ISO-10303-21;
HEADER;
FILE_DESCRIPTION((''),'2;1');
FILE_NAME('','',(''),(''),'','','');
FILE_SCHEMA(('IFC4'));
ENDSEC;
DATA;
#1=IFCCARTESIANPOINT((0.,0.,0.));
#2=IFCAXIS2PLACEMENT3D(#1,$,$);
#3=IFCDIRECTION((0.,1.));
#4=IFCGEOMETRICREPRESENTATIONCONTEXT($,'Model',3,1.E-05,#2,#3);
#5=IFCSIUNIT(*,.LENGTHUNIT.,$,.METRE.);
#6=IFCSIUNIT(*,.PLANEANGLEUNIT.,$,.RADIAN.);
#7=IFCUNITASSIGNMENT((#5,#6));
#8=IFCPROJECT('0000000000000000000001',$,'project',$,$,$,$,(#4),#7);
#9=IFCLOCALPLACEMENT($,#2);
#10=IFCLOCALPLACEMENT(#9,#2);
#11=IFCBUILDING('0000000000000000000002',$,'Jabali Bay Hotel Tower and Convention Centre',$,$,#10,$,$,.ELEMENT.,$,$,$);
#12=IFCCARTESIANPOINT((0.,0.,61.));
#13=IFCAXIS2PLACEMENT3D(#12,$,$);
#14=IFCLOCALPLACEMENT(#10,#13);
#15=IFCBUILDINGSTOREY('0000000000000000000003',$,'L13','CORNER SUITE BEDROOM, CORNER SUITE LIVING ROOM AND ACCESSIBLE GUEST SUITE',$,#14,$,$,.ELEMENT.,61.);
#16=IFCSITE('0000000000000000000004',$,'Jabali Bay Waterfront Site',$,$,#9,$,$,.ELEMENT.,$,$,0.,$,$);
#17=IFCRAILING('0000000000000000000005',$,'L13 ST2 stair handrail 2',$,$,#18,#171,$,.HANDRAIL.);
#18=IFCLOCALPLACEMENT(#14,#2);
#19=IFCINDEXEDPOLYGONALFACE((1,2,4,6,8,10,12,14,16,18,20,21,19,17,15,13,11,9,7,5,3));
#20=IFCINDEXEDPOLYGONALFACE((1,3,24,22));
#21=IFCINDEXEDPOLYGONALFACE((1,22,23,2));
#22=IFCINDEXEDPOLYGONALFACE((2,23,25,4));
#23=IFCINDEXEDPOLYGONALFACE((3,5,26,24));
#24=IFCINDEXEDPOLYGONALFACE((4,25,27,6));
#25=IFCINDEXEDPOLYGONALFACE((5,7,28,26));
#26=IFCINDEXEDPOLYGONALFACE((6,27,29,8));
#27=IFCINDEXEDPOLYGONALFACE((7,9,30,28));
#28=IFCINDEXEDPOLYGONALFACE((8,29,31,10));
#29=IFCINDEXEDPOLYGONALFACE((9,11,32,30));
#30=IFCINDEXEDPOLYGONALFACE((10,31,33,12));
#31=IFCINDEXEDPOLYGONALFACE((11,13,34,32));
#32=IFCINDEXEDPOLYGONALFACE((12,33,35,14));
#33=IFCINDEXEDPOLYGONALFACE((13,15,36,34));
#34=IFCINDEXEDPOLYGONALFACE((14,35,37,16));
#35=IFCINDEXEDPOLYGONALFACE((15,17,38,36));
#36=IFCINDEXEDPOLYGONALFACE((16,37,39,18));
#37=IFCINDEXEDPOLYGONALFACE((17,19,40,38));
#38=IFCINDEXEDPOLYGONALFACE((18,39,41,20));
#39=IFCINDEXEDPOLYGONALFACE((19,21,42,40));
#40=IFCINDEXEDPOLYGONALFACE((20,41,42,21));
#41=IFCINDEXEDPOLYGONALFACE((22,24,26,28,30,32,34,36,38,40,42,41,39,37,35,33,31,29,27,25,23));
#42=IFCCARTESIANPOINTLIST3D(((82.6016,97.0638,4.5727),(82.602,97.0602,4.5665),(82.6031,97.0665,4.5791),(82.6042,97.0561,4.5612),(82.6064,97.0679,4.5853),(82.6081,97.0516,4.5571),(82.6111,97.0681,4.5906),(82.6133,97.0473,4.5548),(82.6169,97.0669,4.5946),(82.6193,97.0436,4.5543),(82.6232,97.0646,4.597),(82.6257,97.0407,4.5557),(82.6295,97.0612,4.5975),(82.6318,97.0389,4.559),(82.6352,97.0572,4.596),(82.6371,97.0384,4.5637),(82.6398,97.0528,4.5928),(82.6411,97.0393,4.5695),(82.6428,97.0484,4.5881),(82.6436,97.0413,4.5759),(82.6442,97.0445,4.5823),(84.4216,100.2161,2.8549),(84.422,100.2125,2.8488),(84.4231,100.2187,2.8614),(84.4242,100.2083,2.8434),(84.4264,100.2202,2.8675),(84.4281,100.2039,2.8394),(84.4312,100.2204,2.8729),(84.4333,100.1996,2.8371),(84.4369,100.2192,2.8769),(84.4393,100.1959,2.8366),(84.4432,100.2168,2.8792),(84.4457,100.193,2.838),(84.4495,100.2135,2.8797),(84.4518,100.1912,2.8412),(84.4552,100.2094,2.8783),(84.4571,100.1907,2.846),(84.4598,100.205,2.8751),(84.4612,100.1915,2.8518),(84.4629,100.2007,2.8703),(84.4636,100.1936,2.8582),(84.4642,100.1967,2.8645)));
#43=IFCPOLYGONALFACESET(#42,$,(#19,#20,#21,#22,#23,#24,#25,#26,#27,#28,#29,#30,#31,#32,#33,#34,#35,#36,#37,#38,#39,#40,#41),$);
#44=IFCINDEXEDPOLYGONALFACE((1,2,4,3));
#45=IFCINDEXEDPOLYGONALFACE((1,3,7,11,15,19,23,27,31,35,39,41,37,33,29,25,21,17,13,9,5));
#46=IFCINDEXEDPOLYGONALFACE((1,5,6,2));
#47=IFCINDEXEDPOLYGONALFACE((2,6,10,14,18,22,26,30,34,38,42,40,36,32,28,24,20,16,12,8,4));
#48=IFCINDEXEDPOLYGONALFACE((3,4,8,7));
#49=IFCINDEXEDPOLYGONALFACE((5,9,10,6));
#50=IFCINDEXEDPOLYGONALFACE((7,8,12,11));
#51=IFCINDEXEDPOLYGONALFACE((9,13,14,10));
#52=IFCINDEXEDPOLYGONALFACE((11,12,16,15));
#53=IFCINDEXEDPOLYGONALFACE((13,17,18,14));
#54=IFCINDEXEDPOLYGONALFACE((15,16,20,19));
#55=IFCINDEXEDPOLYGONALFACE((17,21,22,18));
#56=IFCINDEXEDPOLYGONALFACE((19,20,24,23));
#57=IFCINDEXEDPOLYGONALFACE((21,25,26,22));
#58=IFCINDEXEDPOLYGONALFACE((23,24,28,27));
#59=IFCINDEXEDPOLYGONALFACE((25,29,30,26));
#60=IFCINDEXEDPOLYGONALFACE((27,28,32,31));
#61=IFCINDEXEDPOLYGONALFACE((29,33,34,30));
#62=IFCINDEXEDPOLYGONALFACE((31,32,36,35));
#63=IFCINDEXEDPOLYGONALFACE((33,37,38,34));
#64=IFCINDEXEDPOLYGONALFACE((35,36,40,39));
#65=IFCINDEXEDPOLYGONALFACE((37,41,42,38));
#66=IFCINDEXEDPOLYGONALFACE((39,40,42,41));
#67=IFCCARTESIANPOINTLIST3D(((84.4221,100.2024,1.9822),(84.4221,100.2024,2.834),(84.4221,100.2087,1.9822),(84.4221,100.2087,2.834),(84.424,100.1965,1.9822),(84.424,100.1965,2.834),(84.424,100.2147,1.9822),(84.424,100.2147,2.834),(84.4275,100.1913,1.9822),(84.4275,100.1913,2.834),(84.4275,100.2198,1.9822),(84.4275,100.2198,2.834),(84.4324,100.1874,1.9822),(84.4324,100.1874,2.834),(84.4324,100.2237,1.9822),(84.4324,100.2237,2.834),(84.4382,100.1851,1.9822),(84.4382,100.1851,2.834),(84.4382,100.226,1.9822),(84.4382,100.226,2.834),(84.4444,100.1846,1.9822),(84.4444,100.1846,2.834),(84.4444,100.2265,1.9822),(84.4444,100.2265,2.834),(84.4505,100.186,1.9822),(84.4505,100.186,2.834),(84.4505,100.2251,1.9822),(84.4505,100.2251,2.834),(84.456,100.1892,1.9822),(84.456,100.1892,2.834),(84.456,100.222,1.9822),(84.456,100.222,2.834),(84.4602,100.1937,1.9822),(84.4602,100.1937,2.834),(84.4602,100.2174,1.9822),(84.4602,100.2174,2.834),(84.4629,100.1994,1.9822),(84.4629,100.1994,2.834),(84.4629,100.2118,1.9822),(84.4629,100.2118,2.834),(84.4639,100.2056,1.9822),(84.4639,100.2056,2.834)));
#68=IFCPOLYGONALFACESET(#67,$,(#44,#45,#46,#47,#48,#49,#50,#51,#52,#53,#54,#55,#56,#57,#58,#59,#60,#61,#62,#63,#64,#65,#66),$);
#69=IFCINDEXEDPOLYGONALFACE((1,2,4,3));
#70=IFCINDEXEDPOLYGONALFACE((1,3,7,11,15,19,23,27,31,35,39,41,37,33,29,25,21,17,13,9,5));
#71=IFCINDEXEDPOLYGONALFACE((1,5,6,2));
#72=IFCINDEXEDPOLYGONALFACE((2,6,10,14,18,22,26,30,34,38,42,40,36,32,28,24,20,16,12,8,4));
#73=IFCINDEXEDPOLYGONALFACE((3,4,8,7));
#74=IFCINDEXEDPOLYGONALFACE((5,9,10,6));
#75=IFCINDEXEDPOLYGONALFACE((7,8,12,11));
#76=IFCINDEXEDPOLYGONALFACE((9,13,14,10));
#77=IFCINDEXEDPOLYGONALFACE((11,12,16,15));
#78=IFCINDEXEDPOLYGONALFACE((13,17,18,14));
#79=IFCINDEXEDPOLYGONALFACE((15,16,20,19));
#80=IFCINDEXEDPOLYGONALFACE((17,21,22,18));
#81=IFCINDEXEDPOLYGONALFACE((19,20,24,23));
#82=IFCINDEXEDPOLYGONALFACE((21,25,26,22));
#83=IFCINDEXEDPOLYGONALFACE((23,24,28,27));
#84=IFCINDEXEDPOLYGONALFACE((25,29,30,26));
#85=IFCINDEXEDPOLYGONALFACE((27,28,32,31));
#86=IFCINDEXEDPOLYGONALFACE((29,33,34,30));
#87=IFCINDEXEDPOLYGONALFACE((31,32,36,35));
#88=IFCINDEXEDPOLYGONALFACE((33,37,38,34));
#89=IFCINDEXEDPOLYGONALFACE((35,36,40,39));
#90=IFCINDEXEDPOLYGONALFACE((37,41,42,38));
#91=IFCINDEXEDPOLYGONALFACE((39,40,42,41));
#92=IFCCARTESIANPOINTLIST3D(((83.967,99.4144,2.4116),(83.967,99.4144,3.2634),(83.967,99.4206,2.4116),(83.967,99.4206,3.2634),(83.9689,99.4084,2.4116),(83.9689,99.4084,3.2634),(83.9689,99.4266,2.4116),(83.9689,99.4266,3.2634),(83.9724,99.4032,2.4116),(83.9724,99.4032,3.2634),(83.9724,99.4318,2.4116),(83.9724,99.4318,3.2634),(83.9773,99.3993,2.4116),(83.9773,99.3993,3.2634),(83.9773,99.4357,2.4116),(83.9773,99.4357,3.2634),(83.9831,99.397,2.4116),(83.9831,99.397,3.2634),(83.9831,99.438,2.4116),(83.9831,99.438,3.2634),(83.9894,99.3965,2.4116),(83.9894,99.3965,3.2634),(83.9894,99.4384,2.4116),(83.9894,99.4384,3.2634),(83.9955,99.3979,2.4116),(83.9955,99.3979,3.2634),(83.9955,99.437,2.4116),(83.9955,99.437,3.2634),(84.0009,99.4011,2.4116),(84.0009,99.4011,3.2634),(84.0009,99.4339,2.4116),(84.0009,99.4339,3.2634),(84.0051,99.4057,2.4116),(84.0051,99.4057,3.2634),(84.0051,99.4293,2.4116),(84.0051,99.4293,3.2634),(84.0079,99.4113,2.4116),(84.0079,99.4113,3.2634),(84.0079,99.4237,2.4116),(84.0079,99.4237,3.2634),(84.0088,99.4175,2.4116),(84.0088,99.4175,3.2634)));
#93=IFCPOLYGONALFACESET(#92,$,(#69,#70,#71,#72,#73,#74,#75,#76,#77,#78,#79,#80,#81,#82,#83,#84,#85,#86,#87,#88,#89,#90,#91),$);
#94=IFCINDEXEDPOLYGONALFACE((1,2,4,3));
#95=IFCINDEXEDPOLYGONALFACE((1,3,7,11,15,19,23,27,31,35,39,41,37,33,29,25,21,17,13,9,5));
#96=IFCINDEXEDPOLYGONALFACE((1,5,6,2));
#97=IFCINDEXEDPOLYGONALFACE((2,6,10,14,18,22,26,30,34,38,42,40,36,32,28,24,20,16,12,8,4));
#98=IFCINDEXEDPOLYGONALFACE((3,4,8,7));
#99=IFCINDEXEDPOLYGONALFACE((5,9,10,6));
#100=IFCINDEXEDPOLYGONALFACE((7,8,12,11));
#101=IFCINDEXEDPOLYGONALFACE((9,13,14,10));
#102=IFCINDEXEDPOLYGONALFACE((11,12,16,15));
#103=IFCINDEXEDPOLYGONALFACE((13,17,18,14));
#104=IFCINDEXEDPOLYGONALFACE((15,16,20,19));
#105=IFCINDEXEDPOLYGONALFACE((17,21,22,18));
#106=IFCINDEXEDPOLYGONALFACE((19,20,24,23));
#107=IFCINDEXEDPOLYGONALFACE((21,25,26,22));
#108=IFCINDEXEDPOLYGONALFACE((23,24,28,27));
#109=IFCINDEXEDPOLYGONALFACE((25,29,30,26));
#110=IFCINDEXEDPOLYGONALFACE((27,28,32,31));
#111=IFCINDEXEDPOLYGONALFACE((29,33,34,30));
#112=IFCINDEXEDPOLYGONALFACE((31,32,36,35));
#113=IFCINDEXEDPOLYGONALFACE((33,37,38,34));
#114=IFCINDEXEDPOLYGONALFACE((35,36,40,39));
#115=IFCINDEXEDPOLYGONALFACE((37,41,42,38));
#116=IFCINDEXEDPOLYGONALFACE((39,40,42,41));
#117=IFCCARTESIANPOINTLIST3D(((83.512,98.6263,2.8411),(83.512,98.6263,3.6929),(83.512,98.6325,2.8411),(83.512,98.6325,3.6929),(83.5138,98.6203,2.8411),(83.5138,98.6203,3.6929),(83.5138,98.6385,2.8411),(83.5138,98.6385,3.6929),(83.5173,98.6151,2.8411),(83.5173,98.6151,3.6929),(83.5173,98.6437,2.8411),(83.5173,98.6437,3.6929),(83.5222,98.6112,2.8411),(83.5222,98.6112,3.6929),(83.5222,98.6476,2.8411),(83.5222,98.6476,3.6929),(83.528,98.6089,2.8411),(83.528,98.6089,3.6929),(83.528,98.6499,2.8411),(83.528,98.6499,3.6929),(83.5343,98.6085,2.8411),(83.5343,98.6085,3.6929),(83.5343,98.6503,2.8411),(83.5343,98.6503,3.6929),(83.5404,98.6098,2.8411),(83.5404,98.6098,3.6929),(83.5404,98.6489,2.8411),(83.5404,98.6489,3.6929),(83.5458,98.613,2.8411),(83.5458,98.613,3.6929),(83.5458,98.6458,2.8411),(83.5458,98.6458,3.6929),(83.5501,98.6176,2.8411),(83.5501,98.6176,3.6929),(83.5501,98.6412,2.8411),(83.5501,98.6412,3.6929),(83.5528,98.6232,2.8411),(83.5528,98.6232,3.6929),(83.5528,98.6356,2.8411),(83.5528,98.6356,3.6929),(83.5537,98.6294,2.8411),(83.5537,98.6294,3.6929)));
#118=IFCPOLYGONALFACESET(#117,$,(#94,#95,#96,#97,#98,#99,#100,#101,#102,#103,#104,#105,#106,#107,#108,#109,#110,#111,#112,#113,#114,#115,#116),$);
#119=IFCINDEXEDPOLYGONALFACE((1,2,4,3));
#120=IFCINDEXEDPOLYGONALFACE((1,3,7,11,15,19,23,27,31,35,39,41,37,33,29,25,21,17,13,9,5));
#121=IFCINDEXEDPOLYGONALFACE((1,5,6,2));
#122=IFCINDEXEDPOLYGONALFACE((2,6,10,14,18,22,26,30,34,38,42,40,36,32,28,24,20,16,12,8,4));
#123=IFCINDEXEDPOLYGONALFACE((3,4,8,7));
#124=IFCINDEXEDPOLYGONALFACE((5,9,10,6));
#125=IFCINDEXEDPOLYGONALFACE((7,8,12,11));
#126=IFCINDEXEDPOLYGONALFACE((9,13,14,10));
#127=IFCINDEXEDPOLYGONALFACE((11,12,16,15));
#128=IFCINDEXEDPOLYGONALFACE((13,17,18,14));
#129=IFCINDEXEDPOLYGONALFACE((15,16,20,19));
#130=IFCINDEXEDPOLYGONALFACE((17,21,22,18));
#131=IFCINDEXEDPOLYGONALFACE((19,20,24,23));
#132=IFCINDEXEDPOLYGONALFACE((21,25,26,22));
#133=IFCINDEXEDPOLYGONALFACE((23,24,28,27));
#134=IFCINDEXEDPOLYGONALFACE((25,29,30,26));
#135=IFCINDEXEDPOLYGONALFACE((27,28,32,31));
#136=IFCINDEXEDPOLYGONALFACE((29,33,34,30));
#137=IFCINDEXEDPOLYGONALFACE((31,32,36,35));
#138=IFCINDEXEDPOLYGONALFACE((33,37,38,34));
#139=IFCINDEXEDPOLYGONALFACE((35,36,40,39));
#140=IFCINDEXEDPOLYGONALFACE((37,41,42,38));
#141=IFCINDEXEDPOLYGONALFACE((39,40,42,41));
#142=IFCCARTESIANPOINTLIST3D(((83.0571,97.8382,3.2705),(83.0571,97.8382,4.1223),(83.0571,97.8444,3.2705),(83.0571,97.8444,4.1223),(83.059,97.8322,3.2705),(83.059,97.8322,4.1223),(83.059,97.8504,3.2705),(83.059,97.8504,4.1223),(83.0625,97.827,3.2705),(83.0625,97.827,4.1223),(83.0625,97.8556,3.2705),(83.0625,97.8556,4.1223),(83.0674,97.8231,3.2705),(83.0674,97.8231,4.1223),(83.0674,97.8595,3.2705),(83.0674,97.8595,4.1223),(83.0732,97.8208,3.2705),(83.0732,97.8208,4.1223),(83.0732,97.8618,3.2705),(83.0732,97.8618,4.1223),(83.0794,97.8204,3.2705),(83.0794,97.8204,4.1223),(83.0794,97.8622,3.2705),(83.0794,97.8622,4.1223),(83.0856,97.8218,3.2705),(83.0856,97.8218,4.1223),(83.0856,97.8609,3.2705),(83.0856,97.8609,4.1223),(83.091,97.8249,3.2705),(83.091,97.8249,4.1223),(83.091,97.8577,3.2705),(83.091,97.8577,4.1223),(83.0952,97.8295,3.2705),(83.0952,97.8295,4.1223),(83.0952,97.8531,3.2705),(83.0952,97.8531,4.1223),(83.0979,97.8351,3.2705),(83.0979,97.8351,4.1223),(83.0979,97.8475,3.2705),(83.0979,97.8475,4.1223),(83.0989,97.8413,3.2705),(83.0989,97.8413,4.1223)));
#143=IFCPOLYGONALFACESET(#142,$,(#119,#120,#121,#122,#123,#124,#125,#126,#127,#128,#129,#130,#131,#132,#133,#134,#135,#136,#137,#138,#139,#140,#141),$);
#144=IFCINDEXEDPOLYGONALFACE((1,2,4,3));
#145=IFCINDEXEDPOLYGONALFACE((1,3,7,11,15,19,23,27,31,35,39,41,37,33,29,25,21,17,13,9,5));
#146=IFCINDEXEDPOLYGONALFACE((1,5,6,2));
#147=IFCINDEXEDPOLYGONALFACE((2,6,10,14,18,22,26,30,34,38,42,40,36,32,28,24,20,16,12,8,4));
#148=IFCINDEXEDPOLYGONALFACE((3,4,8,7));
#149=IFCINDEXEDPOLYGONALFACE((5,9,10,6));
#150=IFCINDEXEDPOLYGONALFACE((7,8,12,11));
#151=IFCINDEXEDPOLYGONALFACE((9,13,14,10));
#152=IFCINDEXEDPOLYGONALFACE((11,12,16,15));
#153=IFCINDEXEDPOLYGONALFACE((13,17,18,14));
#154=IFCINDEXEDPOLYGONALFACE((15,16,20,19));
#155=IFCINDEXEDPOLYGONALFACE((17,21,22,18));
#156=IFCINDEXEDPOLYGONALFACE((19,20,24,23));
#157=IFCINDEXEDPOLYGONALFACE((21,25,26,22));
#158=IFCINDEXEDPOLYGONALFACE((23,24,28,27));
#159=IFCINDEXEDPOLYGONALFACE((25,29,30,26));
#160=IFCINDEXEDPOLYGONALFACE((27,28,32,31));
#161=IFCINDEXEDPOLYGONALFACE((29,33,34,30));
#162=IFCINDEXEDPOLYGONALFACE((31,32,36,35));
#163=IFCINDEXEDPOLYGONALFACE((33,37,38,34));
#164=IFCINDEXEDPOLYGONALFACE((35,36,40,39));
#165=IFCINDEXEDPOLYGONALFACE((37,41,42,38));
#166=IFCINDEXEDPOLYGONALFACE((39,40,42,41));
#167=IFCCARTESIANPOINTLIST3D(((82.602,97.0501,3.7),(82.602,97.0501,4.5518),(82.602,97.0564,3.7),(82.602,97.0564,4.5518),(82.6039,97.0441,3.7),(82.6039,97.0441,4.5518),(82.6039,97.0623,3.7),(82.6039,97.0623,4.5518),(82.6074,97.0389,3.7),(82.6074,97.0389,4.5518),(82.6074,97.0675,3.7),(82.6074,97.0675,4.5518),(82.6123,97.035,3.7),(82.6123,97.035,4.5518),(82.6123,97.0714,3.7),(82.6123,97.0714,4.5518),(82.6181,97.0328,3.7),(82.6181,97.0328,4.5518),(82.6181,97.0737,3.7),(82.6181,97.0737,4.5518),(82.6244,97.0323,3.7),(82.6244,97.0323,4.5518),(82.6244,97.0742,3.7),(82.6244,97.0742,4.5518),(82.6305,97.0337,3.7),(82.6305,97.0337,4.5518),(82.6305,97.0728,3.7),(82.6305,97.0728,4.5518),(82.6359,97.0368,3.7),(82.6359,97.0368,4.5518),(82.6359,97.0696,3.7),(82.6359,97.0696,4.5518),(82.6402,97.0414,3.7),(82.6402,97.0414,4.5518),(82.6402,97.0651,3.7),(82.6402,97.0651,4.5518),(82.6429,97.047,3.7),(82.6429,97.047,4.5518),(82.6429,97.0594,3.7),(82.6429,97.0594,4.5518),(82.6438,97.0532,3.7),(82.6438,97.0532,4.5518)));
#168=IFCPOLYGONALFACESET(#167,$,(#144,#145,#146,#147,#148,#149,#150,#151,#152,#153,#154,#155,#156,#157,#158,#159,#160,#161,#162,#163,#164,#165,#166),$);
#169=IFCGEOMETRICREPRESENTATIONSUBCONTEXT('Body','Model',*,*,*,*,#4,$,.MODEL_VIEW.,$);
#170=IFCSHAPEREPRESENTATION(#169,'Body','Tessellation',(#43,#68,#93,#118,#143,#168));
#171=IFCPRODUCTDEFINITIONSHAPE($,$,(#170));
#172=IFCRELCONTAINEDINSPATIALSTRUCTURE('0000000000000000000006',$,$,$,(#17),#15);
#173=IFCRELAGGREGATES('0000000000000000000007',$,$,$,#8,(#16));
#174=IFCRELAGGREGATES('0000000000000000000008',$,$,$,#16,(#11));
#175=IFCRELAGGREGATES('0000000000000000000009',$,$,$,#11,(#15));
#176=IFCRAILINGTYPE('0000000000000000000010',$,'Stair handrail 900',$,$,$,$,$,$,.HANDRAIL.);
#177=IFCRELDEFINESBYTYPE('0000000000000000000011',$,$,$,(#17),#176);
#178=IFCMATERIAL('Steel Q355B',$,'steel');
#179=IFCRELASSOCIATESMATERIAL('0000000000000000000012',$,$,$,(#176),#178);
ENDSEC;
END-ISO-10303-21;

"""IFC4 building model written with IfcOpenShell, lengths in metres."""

from ifc_helpers import new_model, si_unit, direction, frame, origin, origin_2d, place, context, subcontext, project, spatial, circle, extrude, material, type_object, element, save


model = new_model("IFC4")

# Units and contexts
model_context = context("Model", 3, precision=1e-05, world=origin(), true_north=direction((0.0, 1.0)))
body_context = subcontext(model_context, "Body", "Model", "MODEL_VIEW")
ifc_project = project(units=[si_unit("LENGTHUNIT", "METRE"), si_unit("PLANEANGLEUNIT", "RADIAN")], contexts=[model_context])

# Site, building, storey
site_placement = place(None, origin())
site = spatial("IfcSite", under=ifc_project, at=site_placement, Name="Jabali Bay Waterfront Site", CompositionType="ELEMENT", RefElevation=0.0)
building_placement = place(site_placement, origin())
building = spatial("IfcBuilding", under=site, at=building_placement, Name="Jabali Bay Hotel Tower and Convention Centre", CompositionType="ELEMENT")
storey_placement = place(building_placement, frame((0.0, 0.0, 61.0)))
storey = spatial("IfcBuildingStorey", under=building, at=storey_placement, Name="L13", Description="CORNER SUITE BEDROOM, CORNER SUITE LIVING ROOM AND ACCESSIBLE GUEST SUITE", CompositionType="ELEMENT", Elevation=61.0)

# Railing
ifc_material_1 = material(Name="Steel Q355B", Category="steel")
railing_type_1 = type_object("IfcRailingType", Name="Stair handrail 900", PredefinedType="HANDRAIL", material=ifc_material_1)
railing_1_placement = place(storey_placement, frame((84.4429, 100.2056, 1.9822)))
element("IfcRailing", 1, at=railing_1_placement, inside=storey, type_object=railing_type_1, Name="L13 ST2 stair handrail 2", PredefinedType="HANDRAIL", context=body_context, shape_type="SweptSolid", body=[
    extrude(circle(Radius=0.0239, at=origin_2d()), frame((0.0, 0.0, 0.876), z_axis=(-0.45219, -0.78319, 0.426775), x_axis=(0.866018, -0.500013, 0.0)), (0.0, 0.0, 1.0), 4.0249),
    extrude(circle(Radius=0.021, at=origin_2d()), origin(), (0.0, 0.0, 1.0), 0.8518),
    extrude(circle(Radius=0.021, at=origin_2d()), frame((-0.4551, -0.7881, 0.4294)), (0.0, 0.0, 1.0), 0.8518),
    extrude(circle(Radius=0.021, at=origin_2d()), frame((-0.9102, -1.5762, 0.8589)), (0.0, 0.0, 1.0), 0.8518),
    extrude(circle(Radius=0.021, at=origin_2d()), frame((-1.365, -2.3643, 1.2883)), (0.0, 0.0, 1.0), 0.8518),
    extrude(circle(Radius=0.021, at=origin_2d()), frame((-1.8201, -3.1523, 1.7178)), (0.0, 0.0, 1.0), 0.8518),
])

save(model, "model.ifc")
